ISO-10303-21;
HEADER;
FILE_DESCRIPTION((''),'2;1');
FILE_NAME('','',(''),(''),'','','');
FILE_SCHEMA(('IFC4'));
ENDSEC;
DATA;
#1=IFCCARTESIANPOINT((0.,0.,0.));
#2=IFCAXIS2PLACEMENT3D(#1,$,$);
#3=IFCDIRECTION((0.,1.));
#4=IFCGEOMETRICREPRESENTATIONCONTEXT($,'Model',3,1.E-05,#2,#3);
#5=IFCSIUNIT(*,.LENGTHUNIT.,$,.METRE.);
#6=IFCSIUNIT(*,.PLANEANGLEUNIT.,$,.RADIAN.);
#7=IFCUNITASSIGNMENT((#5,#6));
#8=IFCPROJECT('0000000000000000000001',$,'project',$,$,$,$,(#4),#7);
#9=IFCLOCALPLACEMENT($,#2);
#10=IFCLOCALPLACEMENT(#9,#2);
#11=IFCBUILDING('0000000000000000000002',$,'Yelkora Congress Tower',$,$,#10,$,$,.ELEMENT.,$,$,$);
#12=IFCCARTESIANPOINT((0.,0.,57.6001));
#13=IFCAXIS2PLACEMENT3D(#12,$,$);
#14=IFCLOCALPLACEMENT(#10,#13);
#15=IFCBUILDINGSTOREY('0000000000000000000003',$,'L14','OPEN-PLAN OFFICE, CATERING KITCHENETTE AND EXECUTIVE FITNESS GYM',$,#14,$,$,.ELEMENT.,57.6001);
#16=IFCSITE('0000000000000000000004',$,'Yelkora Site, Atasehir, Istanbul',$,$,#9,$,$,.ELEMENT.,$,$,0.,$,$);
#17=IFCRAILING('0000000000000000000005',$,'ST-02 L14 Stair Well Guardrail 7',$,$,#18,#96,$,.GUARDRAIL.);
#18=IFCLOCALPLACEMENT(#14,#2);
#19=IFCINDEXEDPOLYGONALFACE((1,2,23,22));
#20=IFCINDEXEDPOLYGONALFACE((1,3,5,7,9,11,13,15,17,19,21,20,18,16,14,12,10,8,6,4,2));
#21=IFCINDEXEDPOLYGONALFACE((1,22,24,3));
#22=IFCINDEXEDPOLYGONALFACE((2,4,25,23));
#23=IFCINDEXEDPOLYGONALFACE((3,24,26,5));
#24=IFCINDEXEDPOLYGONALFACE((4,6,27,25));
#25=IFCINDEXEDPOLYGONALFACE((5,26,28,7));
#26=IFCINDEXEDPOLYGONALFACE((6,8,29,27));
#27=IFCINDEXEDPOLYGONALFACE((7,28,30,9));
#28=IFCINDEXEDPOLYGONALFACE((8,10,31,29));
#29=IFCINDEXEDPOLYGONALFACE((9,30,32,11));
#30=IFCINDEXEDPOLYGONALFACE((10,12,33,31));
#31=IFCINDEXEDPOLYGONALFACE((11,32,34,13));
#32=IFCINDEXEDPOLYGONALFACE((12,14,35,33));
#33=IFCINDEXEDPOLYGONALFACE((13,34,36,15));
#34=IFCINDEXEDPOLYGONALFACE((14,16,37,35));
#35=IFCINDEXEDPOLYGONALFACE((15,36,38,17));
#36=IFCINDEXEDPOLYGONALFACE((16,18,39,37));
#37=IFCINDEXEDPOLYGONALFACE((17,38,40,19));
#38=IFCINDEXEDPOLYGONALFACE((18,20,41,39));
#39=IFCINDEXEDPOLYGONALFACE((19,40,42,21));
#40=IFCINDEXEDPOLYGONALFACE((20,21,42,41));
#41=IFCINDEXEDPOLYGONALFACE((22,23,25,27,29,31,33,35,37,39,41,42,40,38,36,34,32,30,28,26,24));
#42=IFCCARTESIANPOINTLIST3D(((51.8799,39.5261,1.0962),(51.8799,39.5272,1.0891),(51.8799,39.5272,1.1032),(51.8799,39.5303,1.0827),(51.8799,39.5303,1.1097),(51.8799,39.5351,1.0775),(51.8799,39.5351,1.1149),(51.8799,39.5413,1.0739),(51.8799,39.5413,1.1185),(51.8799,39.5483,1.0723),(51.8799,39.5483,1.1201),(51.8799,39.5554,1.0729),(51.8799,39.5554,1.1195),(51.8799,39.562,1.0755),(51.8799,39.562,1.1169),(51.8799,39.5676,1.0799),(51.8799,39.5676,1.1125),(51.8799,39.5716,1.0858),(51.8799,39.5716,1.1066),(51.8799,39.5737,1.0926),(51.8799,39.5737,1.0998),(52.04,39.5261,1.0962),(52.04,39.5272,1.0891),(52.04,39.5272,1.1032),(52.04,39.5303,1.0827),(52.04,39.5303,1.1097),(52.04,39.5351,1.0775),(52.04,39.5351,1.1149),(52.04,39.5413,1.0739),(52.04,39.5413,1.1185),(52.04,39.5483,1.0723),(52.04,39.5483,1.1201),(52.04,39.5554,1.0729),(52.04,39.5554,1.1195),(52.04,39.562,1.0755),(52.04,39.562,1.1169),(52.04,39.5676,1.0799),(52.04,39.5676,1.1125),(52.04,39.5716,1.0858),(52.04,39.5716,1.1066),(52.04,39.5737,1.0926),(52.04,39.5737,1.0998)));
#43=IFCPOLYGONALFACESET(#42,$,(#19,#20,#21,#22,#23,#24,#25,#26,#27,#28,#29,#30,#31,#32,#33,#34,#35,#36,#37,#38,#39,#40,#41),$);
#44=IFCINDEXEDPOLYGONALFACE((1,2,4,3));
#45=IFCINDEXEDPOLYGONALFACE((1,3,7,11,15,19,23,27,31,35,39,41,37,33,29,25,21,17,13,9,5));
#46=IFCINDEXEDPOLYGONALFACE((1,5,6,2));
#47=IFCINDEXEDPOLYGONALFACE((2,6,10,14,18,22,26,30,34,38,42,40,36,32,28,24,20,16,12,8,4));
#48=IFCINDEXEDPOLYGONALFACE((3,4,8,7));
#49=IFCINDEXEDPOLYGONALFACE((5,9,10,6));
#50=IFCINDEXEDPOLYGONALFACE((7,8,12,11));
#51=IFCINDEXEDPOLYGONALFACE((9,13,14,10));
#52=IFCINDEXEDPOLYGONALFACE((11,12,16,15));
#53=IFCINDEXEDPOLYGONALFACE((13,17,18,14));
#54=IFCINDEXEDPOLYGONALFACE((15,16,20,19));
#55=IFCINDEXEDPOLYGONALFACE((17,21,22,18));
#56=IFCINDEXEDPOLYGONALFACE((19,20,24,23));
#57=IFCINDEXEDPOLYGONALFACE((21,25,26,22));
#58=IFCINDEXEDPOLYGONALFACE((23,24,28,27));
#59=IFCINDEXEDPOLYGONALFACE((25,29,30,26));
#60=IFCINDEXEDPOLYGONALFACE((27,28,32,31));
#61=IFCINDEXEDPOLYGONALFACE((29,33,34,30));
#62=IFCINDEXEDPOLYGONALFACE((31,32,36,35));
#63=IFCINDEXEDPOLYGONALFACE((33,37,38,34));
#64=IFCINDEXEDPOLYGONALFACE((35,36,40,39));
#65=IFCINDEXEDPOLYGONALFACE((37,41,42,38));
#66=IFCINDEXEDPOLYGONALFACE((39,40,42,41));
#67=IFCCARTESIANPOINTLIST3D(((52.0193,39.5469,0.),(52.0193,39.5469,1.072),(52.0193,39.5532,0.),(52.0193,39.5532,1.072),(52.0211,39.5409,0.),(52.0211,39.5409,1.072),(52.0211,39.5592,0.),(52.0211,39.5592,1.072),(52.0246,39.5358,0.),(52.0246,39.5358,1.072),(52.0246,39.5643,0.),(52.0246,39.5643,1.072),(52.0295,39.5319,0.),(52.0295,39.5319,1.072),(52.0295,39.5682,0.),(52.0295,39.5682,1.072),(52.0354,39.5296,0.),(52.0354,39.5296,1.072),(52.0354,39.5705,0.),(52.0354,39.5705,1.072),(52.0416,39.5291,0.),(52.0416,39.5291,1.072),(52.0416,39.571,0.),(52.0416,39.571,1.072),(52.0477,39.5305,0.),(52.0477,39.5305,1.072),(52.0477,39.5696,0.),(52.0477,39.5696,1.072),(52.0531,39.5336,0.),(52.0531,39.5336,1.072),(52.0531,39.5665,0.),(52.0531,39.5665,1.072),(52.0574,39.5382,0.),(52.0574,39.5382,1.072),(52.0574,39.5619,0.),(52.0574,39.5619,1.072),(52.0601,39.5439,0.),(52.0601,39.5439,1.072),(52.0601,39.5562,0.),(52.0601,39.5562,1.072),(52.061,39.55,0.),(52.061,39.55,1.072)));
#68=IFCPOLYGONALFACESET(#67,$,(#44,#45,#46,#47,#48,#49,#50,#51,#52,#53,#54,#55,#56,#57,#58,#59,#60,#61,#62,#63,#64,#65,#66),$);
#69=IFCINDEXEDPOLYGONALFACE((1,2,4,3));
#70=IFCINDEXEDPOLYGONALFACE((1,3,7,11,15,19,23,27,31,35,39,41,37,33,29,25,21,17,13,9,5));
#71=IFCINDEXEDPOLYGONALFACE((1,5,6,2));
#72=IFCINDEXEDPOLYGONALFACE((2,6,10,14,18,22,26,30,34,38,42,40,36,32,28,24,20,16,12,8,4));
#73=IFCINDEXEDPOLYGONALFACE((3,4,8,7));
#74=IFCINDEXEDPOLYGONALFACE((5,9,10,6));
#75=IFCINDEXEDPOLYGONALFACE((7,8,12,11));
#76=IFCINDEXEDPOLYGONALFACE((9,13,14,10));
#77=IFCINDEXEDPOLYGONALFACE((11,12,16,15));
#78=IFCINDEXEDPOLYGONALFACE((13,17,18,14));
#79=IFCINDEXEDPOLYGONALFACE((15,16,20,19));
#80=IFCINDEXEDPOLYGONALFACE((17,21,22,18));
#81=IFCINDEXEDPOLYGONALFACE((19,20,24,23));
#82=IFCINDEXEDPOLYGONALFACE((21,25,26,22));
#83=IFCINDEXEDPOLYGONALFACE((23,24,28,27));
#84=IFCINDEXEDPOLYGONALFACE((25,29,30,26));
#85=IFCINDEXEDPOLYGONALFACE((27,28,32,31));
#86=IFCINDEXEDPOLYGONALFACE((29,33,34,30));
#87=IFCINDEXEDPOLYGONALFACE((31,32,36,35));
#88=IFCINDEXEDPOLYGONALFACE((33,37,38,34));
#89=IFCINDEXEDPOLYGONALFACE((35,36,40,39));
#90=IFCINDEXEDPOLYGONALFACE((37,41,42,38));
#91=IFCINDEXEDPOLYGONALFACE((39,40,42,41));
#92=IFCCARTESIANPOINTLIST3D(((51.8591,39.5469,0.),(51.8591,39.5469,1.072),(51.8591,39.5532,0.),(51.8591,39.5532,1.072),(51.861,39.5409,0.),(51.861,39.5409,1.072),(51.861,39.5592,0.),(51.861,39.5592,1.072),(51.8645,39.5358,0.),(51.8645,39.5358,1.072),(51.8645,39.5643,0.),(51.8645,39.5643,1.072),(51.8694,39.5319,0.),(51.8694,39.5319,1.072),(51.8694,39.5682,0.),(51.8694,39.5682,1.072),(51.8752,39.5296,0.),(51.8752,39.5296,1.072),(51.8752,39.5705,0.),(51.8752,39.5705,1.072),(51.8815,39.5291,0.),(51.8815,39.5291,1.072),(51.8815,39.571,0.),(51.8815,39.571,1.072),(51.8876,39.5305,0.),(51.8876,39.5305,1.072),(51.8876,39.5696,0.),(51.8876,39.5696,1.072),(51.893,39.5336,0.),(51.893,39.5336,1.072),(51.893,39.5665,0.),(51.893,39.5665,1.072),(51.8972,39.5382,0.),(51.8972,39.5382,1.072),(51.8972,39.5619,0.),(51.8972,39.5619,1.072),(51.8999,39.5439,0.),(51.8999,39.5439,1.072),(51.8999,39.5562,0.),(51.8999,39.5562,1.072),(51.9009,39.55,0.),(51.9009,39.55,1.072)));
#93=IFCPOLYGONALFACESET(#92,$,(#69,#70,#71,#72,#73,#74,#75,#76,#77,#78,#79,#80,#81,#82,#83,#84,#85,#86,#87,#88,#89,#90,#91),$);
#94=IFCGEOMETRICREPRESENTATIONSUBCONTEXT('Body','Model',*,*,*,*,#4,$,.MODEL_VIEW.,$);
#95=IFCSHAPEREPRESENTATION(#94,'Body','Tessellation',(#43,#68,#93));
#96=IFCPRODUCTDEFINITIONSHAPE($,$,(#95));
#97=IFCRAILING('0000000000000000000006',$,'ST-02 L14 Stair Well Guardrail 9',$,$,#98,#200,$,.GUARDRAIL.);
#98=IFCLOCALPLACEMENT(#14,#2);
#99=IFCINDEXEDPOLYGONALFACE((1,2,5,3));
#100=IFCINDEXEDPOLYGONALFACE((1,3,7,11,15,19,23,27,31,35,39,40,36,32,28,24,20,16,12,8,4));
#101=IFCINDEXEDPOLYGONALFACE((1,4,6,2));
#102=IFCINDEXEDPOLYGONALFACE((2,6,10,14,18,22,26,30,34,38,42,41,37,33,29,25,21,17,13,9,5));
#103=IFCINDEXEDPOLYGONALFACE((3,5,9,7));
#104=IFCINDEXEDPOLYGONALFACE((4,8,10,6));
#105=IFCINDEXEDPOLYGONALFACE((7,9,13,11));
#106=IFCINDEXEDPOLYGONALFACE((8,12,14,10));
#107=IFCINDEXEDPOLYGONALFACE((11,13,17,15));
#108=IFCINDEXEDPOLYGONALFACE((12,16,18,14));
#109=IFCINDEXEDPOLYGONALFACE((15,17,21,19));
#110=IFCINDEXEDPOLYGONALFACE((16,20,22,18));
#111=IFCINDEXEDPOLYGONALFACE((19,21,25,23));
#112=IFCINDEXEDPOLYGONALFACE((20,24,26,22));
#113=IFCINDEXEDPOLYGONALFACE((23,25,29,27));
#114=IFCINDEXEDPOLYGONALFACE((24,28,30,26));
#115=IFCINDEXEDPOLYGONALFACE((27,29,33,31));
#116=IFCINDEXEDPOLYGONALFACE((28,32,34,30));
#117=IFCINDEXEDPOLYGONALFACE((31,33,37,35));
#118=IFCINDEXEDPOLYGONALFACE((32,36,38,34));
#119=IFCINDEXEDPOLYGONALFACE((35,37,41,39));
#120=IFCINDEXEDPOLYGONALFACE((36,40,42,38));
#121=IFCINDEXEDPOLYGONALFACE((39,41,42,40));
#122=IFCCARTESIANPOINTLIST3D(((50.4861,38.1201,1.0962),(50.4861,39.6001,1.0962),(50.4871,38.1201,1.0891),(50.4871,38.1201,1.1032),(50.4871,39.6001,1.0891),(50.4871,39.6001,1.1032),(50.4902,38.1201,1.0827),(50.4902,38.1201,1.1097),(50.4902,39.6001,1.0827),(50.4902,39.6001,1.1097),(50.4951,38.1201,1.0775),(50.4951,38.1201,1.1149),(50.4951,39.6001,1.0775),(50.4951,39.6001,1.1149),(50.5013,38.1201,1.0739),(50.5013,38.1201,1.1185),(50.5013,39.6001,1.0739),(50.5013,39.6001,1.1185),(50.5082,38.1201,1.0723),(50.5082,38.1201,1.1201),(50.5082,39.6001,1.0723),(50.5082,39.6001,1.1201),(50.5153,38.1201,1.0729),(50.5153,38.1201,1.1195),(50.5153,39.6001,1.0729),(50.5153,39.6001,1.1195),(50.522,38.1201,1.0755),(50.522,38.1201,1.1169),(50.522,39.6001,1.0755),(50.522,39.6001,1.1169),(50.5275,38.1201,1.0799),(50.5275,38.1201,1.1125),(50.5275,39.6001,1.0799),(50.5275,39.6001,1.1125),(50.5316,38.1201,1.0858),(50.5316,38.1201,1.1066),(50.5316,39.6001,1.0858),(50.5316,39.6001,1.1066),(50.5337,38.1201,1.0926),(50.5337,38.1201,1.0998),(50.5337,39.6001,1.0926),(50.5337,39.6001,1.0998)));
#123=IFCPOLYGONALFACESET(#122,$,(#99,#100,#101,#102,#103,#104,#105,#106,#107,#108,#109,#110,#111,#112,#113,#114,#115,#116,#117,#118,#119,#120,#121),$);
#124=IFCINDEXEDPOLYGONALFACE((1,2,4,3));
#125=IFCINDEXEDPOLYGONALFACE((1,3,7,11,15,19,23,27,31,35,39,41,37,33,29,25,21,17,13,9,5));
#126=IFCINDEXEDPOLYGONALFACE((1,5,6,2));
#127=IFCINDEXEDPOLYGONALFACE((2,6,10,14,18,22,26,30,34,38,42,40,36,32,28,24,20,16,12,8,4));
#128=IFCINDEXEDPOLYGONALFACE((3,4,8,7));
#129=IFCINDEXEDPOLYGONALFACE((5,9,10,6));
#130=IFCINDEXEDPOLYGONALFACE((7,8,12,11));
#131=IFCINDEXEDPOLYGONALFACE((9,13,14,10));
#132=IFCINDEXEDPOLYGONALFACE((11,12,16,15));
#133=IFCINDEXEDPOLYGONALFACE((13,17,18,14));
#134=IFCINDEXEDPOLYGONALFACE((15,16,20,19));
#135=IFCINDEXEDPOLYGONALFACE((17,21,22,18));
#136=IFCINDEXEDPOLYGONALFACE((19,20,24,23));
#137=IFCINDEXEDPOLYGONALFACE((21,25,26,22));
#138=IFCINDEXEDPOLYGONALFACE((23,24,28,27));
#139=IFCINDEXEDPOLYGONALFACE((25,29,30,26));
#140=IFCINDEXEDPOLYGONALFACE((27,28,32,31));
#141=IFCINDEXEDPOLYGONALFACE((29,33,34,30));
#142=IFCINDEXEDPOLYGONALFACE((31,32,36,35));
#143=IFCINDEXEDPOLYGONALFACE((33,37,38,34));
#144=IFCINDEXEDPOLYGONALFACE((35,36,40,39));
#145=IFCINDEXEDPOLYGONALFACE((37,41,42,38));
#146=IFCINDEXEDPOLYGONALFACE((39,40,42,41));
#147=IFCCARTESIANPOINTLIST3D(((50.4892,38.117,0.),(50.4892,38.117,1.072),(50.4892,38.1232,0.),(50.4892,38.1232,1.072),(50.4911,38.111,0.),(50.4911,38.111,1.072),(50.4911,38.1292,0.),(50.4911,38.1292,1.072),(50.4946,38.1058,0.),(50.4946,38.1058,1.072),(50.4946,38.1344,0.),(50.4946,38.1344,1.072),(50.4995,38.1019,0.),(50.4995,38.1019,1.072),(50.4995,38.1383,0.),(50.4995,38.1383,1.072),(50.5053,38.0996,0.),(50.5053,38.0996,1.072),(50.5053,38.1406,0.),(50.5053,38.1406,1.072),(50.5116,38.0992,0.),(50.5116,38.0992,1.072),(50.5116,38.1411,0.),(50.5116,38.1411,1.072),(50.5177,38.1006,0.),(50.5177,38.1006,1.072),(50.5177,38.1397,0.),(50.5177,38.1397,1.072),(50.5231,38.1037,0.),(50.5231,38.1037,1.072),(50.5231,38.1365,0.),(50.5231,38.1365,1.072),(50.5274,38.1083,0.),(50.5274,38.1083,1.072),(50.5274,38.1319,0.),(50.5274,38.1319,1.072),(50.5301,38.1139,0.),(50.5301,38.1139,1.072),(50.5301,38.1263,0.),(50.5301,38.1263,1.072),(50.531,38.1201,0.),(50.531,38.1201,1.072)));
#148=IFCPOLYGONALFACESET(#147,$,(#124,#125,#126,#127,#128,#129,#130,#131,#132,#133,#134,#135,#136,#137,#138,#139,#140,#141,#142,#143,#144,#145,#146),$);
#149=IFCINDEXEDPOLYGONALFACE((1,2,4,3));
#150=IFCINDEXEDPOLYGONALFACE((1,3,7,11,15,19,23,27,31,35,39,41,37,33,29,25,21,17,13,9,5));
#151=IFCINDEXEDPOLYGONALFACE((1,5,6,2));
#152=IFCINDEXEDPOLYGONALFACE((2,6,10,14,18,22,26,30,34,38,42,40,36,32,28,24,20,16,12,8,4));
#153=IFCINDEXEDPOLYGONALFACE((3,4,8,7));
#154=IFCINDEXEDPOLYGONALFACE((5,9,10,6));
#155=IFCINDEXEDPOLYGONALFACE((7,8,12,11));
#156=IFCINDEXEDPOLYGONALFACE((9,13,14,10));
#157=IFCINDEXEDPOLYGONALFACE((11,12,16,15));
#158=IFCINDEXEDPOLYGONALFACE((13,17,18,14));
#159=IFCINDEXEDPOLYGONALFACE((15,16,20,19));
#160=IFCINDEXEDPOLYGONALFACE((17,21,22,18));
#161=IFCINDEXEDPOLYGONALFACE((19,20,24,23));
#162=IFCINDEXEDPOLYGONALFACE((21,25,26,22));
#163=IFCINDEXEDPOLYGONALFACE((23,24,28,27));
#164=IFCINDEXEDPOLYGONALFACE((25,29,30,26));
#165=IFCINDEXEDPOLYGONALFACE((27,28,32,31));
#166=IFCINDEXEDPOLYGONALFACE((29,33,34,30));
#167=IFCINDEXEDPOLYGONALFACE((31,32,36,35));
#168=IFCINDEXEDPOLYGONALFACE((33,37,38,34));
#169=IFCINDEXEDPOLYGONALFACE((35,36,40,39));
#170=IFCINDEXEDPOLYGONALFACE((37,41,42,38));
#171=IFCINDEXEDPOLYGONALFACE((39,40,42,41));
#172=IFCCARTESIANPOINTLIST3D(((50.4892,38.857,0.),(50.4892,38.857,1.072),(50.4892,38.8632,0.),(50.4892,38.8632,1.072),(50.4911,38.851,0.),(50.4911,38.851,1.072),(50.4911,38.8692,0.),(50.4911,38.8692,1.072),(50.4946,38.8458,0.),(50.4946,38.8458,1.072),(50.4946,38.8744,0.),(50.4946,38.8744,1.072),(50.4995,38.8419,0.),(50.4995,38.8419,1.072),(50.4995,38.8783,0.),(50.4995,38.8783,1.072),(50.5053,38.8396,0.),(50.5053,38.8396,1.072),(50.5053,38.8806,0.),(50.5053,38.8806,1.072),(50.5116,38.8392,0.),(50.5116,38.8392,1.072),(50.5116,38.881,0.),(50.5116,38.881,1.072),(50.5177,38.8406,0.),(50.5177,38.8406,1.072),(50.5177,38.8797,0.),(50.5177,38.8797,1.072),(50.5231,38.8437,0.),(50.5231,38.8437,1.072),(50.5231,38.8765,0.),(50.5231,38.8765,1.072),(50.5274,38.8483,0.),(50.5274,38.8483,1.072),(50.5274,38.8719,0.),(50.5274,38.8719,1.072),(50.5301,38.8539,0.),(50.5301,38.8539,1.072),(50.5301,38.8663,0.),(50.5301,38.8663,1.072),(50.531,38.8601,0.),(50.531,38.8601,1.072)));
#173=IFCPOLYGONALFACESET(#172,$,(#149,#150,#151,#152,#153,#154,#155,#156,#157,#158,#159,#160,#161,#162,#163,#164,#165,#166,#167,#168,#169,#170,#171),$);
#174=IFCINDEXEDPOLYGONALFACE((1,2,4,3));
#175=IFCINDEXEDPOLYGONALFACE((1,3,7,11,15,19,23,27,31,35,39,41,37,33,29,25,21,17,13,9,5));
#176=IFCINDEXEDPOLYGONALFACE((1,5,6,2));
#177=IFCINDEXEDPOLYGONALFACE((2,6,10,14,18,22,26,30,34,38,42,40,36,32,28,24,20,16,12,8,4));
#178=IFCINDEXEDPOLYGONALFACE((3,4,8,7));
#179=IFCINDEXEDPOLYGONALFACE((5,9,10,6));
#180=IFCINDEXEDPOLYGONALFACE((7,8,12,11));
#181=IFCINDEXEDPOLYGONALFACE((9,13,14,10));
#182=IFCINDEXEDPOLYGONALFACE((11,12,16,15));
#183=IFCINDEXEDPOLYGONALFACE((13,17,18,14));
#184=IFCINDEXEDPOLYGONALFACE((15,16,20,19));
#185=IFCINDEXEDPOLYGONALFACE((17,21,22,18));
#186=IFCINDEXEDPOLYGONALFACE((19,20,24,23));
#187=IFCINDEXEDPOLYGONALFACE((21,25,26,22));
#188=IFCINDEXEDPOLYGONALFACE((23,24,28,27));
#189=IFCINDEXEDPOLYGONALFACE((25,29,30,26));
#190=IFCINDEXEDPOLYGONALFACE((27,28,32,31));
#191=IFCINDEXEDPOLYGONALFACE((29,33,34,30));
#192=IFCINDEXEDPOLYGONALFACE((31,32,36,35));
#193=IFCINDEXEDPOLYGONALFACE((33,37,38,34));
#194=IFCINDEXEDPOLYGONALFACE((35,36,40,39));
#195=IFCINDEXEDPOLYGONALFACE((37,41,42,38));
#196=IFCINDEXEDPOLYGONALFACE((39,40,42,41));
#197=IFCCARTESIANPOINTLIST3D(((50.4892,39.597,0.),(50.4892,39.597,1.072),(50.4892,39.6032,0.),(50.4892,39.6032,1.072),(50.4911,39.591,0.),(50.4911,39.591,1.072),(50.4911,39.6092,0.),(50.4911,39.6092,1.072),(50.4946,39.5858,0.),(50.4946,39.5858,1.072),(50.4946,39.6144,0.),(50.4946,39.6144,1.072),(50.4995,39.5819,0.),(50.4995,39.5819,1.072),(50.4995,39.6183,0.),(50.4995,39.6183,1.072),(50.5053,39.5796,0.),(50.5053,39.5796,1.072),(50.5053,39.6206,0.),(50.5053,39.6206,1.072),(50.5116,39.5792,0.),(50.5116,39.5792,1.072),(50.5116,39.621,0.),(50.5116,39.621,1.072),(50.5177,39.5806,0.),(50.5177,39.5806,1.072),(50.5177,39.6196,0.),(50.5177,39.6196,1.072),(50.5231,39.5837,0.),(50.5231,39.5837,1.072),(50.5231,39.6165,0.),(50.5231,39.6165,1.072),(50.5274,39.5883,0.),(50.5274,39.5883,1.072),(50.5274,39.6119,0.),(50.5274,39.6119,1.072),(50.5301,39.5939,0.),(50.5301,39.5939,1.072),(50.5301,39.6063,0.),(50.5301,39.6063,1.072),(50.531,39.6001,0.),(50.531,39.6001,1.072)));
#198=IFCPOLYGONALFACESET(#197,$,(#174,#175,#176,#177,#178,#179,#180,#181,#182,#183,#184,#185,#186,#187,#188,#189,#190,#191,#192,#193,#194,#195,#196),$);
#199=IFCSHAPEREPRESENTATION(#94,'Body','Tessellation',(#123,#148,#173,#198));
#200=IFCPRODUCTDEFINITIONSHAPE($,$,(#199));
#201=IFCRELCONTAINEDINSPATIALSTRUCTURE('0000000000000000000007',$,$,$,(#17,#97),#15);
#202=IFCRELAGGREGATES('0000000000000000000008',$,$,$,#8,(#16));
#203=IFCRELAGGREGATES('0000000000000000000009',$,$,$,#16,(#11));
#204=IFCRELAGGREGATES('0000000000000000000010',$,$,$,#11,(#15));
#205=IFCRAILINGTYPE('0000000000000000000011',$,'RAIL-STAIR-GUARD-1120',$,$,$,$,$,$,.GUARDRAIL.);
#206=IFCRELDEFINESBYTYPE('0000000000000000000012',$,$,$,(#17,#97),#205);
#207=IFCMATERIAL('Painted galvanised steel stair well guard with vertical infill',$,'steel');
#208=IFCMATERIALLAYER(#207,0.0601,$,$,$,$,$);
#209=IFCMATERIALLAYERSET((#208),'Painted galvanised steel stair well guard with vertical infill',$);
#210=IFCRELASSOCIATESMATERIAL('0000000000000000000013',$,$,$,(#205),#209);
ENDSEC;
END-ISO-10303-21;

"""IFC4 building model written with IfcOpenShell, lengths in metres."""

from ifc_helpers import new_model, si_unit, direction, frame, origin, origin_2d, place, context, subcontext, project, spatial, circle, extrude, material, layer, layer_set, type_object, element, save


model = new_model("IFC4")

# Units and contexts
model_context = context("Model", 3, precision=1e-05, world=origin(), true_north=direction((0.0, 1.0)))
body_context = subcontext(model_context, "Body", "Model", "MODEL_VIEW")
ifc_project = project(units=[si_unit("LENGTHUNIT", "METRE"), si_unit("PLANEANGLEUNIT", "RADIAN")], contexts=[model_context])

# Site, building, storey
site_placement = place(None, origin())
site = spatial("IfcSite", under=ifc_project, at=site_placement, Name="Yelkora Site, Atasehir, Istanbul", CompositionType="ELEMENT", RefElevation=0.0)
building_placement = place(site_placement, origin())
building = spatial("IfcBuilding", under=site, at=building_placement, Name="Yelkora Congress Tower", CompositionType="ELEMENT")
storey_placement = place(building_placement, frame((0.0, 0.0, 57.6001)))
storey = spatial("IfcBuildingStorey", under=building, at=storey_placement, Name="L14", Description="OPEN-PLAN OFFICE, CATERING KITCHENETTE AND EXECUTIVE FITNESS GYM", CompositionType="ELEMENT", Elevation=57.6001)

# Railings
ifc_material_1 = material(Name="Painted galvanised steel stair well guard with vertical infill", Category="steel")
ifc_layer_1 = layer(ifc_material_1, 0.0601)
ifc_layer_set_1 = layer_set([ifc_layer_1], Name="Painted galvanised steel stair well guard with vertical infill")
railing_type_1 = type_object("IfcRailingType", Name="RAIL-STAIR-GUARD-1120", PredefinedType="GUARDRAIL", material=ifc_layer_set_1)
railing_1_placement = place(storey_placement, frame((52.04, 39.55, 0.0)))
element("IfcRailing", 1, at=railing_1_placement, inside=storey, type_object=railing_type_1, Name="ST-02 L14 Stair Well Guardrail 7", PredefinedType="GUARDRAIL", context=body_context, shape_type="SweptSolid", body=[
    extrude(circle(Radius=0.0239, at=origin_2d()), frame((0.0, 0.0, 1.0962), z_axis=(-1.0, 0.0, 0.0), x_axis=(0.0, -1.0, 0.0)), (0.0, 0.0, 1.0), 0.1602),
    extrude(circle(Radius=0.021, at=origin_2d()), origin(), (0.0, 0.0, 1.0), 1.072),
    extrude(circle(Radius=0.021, at=origin_2d()), frame((-0.1602, 0.0, 0.0)), (0.0, 0.0, 1.0), 1.072),
])
railing_2_placement = place(storey_placement, frame((50.51, 38.1201, 0.0)))
element("IfcRailing", 2, at=railing_2_placement, inside=storey, type_object=railing_type_1, Name="ST-02 L14 Stair Well Guardrail 9", PredefinedType="GUARDRAIL", context=body_context, shape_type="SweptSolid", body=[
    extrude(circle(Radius=0.0239, at=origin_2d()), frame((0.0, 0.0, 1.0962), z_axis=(0.0, 1.0, 0.0), x_axis=(-1.0, 0.0, 0.0)), (0.0, 0.0, 1.0), 1.48),
    extrude(circle(Radius=0.021, at=origin_2d()), origin(), (0.0, 0.0, 1.0), 1.072),
    extrude(circle(Radius=0.021, at=origin_2d()), frame((0.0, 0.74, 0.0)), (0.0, 0.0, 1.0), 1.072),
    extrude(circle(Radius=0.021, at=origin_2d()), frame((0.0, 1.48, 0.0)), (0.0, 0.0, 1.0), 1.072),
])

save(model, "model.ifc")
